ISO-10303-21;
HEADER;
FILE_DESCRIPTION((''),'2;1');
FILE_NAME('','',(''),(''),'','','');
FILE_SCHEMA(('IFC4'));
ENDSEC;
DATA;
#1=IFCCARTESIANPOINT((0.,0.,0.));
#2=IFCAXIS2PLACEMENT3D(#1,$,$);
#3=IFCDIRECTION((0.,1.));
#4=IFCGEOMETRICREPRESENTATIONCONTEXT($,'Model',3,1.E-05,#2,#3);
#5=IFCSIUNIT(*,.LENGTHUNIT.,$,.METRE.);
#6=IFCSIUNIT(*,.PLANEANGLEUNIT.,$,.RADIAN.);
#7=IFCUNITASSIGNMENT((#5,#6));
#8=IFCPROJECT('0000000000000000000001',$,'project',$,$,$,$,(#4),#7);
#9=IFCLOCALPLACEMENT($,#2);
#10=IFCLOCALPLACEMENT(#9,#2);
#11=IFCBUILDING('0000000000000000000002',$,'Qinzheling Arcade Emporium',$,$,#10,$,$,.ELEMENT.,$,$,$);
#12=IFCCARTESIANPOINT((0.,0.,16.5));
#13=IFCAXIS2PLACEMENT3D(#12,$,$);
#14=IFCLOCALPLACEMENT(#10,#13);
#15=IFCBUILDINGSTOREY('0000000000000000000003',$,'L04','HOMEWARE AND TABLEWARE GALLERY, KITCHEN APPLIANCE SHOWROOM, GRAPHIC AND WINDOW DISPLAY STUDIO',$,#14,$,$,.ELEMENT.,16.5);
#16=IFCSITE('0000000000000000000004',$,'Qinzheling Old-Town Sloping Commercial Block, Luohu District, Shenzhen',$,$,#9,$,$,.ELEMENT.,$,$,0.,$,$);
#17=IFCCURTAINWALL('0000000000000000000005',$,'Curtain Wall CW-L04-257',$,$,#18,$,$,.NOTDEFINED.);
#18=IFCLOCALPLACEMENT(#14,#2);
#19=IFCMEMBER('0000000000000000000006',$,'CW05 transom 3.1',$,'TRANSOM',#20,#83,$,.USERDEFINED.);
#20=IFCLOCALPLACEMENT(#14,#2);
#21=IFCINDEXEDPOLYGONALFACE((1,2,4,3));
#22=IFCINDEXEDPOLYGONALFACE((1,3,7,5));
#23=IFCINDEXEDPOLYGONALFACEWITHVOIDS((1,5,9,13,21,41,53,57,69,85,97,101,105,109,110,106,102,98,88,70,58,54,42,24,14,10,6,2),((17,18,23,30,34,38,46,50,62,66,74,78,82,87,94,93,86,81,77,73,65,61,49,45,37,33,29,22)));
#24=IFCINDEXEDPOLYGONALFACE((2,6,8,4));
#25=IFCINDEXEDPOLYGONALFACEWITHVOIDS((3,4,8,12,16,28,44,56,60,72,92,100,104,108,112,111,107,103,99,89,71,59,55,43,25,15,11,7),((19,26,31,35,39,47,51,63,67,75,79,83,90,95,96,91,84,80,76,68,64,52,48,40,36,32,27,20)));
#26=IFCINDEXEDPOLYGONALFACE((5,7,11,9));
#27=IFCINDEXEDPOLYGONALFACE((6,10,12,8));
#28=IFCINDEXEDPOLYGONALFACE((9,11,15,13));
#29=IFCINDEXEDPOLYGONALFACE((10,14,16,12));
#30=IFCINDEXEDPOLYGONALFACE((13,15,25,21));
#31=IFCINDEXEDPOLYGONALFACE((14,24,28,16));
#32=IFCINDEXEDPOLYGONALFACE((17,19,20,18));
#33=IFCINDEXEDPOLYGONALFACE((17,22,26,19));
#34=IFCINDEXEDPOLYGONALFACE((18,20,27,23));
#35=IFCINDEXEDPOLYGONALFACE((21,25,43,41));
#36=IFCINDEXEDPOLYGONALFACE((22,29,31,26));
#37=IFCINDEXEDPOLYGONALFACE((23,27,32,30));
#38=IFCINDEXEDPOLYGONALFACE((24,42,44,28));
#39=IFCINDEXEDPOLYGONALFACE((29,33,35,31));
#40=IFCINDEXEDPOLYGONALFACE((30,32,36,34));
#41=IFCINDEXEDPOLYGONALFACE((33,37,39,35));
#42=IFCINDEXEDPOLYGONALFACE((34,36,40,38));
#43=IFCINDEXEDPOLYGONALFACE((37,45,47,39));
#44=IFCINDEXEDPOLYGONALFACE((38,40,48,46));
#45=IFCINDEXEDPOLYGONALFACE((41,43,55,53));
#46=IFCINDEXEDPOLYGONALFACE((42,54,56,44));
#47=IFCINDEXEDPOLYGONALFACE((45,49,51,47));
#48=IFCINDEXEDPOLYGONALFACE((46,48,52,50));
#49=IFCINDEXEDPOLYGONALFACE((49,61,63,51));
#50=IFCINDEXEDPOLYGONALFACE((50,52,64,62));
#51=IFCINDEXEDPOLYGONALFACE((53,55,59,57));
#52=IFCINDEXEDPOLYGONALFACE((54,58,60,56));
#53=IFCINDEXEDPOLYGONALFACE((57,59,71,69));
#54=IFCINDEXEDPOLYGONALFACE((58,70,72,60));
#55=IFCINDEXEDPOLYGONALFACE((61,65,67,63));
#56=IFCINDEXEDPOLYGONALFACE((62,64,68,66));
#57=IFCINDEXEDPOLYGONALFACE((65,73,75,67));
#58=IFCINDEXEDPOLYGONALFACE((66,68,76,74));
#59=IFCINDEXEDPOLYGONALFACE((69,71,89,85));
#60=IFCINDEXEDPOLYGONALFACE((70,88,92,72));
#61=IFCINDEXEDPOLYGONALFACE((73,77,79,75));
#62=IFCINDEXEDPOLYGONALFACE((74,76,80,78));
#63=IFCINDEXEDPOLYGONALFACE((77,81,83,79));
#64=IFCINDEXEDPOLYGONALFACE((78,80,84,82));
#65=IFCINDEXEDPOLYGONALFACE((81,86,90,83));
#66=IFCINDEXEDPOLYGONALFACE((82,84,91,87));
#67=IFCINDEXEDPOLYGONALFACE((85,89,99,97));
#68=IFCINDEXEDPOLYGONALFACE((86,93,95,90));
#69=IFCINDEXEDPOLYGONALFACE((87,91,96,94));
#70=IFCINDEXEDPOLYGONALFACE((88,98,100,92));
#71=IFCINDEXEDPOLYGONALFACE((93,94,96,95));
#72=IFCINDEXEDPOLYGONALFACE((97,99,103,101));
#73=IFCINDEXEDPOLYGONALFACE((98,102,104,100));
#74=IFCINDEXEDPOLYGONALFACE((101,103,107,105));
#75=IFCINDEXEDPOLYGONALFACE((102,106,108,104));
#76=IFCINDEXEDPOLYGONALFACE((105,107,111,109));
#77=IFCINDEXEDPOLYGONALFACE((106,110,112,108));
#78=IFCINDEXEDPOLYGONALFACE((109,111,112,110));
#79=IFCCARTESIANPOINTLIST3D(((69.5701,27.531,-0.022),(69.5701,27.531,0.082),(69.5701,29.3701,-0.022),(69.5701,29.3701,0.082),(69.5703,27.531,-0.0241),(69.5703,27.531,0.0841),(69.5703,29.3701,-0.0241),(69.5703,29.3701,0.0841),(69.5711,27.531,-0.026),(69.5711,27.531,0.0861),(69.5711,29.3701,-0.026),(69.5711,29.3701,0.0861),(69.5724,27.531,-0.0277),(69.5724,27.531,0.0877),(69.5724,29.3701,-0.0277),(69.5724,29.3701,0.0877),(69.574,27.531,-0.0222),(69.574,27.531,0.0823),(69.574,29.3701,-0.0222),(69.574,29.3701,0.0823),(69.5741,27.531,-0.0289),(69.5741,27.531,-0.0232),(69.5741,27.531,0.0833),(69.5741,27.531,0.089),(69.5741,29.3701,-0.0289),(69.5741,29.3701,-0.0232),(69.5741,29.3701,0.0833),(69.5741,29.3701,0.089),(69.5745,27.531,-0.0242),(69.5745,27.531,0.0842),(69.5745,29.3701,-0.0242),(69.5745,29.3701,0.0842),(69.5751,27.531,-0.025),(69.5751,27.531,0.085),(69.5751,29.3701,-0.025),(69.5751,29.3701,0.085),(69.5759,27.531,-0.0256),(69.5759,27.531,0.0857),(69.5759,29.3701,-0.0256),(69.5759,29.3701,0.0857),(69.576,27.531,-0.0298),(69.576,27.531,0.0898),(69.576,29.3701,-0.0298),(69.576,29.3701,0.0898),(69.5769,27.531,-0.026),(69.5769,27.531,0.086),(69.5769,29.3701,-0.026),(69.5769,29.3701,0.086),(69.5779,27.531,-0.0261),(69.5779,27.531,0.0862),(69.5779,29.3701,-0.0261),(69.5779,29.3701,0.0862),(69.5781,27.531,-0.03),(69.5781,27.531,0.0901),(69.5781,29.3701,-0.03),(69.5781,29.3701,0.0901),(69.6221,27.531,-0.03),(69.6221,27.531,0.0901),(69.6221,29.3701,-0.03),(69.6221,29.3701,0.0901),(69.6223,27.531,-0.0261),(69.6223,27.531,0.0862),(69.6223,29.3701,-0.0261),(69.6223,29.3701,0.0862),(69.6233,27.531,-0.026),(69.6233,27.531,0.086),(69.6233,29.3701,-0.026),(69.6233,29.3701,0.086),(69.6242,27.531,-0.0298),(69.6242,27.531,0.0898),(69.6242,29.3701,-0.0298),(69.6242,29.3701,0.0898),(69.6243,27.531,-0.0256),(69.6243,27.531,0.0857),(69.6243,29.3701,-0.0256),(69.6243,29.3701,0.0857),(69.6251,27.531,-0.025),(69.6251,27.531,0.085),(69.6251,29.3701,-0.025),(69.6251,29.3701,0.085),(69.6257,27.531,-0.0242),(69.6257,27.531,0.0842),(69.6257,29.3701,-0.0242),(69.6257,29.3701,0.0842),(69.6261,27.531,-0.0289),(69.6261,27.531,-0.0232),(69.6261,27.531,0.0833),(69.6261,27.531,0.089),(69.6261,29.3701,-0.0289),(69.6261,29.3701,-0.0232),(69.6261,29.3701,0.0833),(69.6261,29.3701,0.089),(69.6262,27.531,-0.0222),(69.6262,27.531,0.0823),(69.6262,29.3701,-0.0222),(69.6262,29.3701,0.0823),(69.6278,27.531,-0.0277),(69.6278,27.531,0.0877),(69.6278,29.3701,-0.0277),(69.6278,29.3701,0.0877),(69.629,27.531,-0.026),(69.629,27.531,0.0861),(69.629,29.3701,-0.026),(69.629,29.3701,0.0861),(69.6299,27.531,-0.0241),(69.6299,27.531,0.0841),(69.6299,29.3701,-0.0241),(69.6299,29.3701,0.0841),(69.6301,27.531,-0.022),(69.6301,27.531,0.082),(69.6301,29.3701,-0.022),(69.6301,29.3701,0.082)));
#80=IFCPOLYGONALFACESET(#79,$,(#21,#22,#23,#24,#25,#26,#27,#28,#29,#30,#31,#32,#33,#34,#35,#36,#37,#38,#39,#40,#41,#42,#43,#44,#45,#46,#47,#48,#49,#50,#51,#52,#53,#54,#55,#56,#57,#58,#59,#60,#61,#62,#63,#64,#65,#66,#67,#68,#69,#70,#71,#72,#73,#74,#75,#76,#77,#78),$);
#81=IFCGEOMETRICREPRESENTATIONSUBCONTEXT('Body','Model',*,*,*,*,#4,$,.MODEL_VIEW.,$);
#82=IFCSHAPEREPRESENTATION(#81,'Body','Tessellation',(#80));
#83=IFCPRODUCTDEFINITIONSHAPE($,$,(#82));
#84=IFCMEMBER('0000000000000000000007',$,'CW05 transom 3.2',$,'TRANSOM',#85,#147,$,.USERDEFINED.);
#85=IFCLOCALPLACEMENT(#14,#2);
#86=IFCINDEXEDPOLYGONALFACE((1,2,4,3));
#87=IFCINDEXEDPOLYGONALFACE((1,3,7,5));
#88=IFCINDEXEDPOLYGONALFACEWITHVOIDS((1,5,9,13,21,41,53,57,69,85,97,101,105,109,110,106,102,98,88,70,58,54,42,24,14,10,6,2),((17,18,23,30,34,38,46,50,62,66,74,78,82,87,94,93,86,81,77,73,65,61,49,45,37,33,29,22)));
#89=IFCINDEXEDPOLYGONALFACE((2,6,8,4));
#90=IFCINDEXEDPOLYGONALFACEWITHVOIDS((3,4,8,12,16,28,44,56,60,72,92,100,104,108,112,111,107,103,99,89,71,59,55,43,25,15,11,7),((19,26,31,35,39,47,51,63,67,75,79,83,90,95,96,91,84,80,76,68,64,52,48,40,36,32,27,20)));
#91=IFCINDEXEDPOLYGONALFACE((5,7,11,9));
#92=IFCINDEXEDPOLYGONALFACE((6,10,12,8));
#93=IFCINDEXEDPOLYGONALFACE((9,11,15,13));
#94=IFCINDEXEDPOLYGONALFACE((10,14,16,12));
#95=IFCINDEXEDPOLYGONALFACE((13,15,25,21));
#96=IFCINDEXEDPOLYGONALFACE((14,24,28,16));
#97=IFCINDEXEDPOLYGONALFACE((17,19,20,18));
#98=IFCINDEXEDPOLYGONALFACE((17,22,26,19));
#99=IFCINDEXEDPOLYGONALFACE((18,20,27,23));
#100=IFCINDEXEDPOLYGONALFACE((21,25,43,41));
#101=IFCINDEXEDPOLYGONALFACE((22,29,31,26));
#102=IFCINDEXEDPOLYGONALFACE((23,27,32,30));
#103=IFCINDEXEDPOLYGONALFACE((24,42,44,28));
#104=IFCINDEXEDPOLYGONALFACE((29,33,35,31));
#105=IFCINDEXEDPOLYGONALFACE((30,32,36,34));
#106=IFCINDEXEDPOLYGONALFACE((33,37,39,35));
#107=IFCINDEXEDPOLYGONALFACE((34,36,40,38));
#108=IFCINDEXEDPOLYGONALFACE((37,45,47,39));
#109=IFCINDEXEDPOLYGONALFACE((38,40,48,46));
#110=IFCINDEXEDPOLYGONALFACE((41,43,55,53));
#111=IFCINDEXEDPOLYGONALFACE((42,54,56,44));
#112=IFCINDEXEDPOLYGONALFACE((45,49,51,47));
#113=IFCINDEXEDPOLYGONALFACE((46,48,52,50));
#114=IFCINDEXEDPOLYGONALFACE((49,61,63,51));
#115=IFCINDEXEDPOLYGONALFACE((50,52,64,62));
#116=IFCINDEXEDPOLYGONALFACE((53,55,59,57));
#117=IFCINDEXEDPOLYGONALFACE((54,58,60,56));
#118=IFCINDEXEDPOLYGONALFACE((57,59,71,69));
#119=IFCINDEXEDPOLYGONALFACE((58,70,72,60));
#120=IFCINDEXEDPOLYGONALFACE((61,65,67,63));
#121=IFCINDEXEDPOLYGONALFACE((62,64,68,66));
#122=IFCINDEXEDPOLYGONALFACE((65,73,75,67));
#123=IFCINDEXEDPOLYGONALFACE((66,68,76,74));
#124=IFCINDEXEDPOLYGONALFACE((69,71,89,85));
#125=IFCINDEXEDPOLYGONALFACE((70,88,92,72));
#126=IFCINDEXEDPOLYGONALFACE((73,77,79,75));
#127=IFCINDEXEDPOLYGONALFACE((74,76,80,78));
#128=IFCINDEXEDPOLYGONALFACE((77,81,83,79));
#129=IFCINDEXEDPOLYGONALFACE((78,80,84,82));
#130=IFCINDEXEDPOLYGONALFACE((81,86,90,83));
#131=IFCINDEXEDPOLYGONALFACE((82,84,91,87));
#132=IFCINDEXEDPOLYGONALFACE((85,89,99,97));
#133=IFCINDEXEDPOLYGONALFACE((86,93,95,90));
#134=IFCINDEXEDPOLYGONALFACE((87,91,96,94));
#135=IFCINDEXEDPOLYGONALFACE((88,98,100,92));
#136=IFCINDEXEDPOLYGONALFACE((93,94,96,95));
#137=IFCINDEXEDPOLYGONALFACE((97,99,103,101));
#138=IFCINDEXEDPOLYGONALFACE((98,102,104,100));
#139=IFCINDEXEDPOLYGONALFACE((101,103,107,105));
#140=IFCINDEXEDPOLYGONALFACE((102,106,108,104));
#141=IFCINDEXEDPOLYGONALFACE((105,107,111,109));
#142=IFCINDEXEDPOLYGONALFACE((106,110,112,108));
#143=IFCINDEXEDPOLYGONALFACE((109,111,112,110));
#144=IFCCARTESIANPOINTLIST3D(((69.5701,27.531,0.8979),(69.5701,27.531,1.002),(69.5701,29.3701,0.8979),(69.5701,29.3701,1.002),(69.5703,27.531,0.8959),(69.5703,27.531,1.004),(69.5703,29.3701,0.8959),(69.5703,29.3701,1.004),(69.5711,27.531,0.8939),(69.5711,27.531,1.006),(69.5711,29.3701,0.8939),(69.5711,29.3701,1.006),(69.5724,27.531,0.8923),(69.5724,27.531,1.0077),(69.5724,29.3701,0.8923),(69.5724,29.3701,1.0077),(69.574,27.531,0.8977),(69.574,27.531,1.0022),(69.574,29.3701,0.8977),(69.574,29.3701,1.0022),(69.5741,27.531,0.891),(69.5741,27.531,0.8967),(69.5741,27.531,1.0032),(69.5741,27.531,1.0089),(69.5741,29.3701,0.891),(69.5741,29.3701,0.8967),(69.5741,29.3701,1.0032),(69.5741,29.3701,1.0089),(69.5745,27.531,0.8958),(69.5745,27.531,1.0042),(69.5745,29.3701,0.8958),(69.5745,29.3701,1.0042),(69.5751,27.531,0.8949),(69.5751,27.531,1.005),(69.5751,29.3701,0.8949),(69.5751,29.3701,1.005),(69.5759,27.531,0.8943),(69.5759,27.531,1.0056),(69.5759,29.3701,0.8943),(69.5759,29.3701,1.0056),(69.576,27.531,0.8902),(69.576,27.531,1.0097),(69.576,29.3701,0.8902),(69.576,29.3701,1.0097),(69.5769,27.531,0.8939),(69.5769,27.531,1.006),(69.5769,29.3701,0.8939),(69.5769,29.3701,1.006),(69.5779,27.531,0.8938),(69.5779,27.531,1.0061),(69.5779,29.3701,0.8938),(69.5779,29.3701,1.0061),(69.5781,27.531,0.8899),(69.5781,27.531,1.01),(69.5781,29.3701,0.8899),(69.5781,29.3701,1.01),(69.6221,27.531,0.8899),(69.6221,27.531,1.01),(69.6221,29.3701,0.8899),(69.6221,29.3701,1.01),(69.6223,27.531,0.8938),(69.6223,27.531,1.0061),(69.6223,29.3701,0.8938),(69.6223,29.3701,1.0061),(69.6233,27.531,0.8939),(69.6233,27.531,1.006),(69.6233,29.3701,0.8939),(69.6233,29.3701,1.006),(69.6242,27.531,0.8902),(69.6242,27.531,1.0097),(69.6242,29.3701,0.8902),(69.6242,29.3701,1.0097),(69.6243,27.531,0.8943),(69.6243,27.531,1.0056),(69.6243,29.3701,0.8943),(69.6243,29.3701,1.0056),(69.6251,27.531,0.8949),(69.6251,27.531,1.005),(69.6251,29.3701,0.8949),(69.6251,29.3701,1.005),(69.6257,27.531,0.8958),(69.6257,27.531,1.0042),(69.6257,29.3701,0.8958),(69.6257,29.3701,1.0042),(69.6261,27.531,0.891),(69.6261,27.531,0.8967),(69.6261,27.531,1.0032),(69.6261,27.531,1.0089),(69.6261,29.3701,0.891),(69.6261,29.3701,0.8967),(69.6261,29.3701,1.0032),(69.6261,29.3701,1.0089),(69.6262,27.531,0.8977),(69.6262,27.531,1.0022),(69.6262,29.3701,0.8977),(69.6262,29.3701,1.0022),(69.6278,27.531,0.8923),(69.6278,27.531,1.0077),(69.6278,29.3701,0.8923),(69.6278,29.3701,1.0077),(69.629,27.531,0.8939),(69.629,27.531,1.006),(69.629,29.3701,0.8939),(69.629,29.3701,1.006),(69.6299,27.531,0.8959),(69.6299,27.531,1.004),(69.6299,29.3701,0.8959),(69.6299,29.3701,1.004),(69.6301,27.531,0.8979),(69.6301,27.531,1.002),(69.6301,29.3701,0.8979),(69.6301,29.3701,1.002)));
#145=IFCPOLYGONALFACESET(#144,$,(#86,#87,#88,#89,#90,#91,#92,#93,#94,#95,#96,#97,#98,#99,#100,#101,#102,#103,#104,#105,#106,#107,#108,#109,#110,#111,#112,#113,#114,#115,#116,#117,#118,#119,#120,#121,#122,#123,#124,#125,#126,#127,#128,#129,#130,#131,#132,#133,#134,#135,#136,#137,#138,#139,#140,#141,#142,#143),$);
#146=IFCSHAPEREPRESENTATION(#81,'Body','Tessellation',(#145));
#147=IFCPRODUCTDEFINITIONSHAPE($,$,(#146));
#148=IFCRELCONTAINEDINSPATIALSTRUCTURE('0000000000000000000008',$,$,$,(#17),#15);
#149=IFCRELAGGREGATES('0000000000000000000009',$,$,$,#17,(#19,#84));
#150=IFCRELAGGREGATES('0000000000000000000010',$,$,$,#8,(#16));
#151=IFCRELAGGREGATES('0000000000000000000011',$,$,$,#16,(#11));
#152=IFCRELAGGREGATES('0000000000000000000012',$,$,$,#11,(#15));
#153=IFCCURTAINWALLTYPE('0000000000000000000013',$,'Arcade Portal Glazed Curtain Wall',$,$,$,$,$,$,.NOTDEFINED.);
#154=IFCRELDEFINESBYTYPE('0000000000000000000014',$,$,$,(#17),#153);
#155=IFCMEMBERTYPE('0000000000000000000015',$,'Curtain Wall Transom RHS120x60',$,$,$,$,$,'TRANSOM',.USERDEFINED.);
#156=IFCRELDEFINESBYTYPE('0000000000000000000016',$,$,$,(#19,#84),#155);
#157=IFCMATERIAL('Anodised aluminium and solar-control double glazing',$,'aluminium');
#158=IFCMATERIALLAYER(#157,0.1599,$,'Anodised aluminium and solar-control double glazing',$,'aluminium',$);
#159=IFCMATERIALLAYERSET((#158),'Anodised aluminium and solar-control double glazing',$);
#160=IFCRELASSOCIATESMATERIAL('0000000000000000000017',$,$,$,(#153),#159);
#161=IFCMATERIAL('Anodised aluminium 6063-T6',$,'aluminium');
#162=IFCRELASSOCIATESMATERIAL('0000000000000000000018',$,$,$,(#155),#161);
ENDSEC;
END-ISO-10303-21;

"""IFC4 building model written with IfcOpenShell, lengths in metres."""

from ifc_helpers import new_model, si_unit, direction, frame, origin, origin_2d, place, context, subcontext, project, spatial, hollow_rectangle, extrude, material, layer, layer_set, material_profile, profile_set, type_object, element, aggregate, save


model = new_model("IFC4")

# Units and contexts
model_context = context("Model", 3, precision=1e-05, world=origin(), true_north=direction((0.0, 1.0)))
body_context = subcontext(model_context, "Body", "Model", "MODEL_VIEW")
ifc_project = project(units=[si_unit("LENGTHUNIT", "METRE"), si_unit("PLANEANGLEUNIT", "RADIAN")], contexts=[model_context])

# Site, building, storey
site_placement = place(None, origin())
site = spatial("IfcSite", under=ifc_project, at=site_placement, Name="Qinzheling Old-Town Sloping Commercial Block, Luohu District, Shenzhen", CompositionType="ELEMENT", RefElevation=0.0)
building_placement = place(site_placement, origin())
building = spatial("IfcBuilding", under=site, at=building_placement, Name="Qinzheling Arcade Emporium", CompositionType="ELEMENT")
storey_placement = place(building_placement, frame((0.0, 0.0, 16.5)))
storey = spatial("IfcBuildingStorey", under=building, at=storey_placement, Name="L04", Description="HOMEWARE AND TABLEWARE GALLERY, KITCHEN APPLIANCE SHOWROOM, GRAPHIC AND WINDOW DISPLAY STUDIO", CompositionType="ELEMENT", Elevation=16.5)

# Curtain wall
ifc_material_1 = material(Name="Anodised aluminium and solar-control double glazing", Category="aluminium")
ifc_layer_1 = layer(ifc_material_1, 0.1599, Name="Anodised aluminium and solar-control double glazing", Category="aluminium")
ifc_layer_set_1 = layer_set([ifc_layer_1], Name="Anodised aluminium and solar-control double glazing")
curtain_wall_type = type_object("IfcCurtainWallType", Name="Arcade Portal Glazed Curtain Wall", PredefinedType="NOTDEFINED", material=ifc_layer_set_1)
curtain_wall_1_placement = place(storey_placement, origin())
curtain_wall_1 = element("IfcCurtainWall", 1, at=curtain_wall_1_placement, inside=storey, type_object=curtain_wall_type, Name="Curtain Wall CW-L04-257", PredefinedType="NOTDEFINED")
ifc_material_2 = material(Name="Anodised aluminium 6063-T6", Category="aluminium")

# Members
ifc_material_profile_1 = material_profile(ifc_material_2, hollow_rectangle(XDim=0.0601, YDim=0.1201, WallThickness=0.0039, InnerFilletRadius=0.0039, OuterFilletRadius=0.0081, at=origin_2d()), Name="RHS 120x60x4", Category="aluminium")
ifc_profile_set_1 = profile_set([ifc_material_profile_1], Name="Anodised aluminium 6063-T6")
member_type_1 = type_object("IfcMemberType", Name="Curtain Wall Transom RHS120x60", ElementType="TRANSOM", PredefinedType="USERDEFINED", material=ifc_profile_set_1)
member_1_placement = place(storey_placement, frame((69.6001, 29.3701, 0.03), z_axis=(0.0, -1.0, 0.0), x_axis=(1.0, 0.0, 0.0)))
member_1 = element("IfcMember", 2, at=member_1_placement, type_object=member_type_1, Name="CW05 transom 3.1", ObjectType="TRANSOM", PredefinedType="USERDEFINED", context=body_context, shape_type="SweptSolid", body=[
    extrude(hollow_rectangle(XDim=0.0601, YDim=0.1201, WallThickness=0.0039, InnerFilletRadius=0.0039, OuterFilletRadius=0.0081, at=origin_2d()), origin(), (0.0, 0.0, 1.0), 1.8391),
])
member_2_placement = place(storey_placement, frame((69.6001, 29.3701, 0.95), z_axis=(0.0, -1.0, 0.0), x_axis=(1.0, 0.0, 0.0)))
member_2 = element("IfcMember", 3, at=member_2_placement, type_object=member_type_1, Name="CW05 transom 3.2", ObjectType="TRANSOM", PredefinedType="USERDEFINED", context=body_context, shape_type="SweptSolid", body=[
    extrude(hollow_rectangle(XDim=0.0601, YDim=0.1201, WallThickness=0.0039, InnerFilletRadius=0.0039, OuterFilletRadius=0.0081, at=origin_2d()), origin(), (0.0, 0.0, 1.0), 1.8391),
])

aggregate(curtain_wall_1, [member_1, member_2])

save(model, "model.ifc")
